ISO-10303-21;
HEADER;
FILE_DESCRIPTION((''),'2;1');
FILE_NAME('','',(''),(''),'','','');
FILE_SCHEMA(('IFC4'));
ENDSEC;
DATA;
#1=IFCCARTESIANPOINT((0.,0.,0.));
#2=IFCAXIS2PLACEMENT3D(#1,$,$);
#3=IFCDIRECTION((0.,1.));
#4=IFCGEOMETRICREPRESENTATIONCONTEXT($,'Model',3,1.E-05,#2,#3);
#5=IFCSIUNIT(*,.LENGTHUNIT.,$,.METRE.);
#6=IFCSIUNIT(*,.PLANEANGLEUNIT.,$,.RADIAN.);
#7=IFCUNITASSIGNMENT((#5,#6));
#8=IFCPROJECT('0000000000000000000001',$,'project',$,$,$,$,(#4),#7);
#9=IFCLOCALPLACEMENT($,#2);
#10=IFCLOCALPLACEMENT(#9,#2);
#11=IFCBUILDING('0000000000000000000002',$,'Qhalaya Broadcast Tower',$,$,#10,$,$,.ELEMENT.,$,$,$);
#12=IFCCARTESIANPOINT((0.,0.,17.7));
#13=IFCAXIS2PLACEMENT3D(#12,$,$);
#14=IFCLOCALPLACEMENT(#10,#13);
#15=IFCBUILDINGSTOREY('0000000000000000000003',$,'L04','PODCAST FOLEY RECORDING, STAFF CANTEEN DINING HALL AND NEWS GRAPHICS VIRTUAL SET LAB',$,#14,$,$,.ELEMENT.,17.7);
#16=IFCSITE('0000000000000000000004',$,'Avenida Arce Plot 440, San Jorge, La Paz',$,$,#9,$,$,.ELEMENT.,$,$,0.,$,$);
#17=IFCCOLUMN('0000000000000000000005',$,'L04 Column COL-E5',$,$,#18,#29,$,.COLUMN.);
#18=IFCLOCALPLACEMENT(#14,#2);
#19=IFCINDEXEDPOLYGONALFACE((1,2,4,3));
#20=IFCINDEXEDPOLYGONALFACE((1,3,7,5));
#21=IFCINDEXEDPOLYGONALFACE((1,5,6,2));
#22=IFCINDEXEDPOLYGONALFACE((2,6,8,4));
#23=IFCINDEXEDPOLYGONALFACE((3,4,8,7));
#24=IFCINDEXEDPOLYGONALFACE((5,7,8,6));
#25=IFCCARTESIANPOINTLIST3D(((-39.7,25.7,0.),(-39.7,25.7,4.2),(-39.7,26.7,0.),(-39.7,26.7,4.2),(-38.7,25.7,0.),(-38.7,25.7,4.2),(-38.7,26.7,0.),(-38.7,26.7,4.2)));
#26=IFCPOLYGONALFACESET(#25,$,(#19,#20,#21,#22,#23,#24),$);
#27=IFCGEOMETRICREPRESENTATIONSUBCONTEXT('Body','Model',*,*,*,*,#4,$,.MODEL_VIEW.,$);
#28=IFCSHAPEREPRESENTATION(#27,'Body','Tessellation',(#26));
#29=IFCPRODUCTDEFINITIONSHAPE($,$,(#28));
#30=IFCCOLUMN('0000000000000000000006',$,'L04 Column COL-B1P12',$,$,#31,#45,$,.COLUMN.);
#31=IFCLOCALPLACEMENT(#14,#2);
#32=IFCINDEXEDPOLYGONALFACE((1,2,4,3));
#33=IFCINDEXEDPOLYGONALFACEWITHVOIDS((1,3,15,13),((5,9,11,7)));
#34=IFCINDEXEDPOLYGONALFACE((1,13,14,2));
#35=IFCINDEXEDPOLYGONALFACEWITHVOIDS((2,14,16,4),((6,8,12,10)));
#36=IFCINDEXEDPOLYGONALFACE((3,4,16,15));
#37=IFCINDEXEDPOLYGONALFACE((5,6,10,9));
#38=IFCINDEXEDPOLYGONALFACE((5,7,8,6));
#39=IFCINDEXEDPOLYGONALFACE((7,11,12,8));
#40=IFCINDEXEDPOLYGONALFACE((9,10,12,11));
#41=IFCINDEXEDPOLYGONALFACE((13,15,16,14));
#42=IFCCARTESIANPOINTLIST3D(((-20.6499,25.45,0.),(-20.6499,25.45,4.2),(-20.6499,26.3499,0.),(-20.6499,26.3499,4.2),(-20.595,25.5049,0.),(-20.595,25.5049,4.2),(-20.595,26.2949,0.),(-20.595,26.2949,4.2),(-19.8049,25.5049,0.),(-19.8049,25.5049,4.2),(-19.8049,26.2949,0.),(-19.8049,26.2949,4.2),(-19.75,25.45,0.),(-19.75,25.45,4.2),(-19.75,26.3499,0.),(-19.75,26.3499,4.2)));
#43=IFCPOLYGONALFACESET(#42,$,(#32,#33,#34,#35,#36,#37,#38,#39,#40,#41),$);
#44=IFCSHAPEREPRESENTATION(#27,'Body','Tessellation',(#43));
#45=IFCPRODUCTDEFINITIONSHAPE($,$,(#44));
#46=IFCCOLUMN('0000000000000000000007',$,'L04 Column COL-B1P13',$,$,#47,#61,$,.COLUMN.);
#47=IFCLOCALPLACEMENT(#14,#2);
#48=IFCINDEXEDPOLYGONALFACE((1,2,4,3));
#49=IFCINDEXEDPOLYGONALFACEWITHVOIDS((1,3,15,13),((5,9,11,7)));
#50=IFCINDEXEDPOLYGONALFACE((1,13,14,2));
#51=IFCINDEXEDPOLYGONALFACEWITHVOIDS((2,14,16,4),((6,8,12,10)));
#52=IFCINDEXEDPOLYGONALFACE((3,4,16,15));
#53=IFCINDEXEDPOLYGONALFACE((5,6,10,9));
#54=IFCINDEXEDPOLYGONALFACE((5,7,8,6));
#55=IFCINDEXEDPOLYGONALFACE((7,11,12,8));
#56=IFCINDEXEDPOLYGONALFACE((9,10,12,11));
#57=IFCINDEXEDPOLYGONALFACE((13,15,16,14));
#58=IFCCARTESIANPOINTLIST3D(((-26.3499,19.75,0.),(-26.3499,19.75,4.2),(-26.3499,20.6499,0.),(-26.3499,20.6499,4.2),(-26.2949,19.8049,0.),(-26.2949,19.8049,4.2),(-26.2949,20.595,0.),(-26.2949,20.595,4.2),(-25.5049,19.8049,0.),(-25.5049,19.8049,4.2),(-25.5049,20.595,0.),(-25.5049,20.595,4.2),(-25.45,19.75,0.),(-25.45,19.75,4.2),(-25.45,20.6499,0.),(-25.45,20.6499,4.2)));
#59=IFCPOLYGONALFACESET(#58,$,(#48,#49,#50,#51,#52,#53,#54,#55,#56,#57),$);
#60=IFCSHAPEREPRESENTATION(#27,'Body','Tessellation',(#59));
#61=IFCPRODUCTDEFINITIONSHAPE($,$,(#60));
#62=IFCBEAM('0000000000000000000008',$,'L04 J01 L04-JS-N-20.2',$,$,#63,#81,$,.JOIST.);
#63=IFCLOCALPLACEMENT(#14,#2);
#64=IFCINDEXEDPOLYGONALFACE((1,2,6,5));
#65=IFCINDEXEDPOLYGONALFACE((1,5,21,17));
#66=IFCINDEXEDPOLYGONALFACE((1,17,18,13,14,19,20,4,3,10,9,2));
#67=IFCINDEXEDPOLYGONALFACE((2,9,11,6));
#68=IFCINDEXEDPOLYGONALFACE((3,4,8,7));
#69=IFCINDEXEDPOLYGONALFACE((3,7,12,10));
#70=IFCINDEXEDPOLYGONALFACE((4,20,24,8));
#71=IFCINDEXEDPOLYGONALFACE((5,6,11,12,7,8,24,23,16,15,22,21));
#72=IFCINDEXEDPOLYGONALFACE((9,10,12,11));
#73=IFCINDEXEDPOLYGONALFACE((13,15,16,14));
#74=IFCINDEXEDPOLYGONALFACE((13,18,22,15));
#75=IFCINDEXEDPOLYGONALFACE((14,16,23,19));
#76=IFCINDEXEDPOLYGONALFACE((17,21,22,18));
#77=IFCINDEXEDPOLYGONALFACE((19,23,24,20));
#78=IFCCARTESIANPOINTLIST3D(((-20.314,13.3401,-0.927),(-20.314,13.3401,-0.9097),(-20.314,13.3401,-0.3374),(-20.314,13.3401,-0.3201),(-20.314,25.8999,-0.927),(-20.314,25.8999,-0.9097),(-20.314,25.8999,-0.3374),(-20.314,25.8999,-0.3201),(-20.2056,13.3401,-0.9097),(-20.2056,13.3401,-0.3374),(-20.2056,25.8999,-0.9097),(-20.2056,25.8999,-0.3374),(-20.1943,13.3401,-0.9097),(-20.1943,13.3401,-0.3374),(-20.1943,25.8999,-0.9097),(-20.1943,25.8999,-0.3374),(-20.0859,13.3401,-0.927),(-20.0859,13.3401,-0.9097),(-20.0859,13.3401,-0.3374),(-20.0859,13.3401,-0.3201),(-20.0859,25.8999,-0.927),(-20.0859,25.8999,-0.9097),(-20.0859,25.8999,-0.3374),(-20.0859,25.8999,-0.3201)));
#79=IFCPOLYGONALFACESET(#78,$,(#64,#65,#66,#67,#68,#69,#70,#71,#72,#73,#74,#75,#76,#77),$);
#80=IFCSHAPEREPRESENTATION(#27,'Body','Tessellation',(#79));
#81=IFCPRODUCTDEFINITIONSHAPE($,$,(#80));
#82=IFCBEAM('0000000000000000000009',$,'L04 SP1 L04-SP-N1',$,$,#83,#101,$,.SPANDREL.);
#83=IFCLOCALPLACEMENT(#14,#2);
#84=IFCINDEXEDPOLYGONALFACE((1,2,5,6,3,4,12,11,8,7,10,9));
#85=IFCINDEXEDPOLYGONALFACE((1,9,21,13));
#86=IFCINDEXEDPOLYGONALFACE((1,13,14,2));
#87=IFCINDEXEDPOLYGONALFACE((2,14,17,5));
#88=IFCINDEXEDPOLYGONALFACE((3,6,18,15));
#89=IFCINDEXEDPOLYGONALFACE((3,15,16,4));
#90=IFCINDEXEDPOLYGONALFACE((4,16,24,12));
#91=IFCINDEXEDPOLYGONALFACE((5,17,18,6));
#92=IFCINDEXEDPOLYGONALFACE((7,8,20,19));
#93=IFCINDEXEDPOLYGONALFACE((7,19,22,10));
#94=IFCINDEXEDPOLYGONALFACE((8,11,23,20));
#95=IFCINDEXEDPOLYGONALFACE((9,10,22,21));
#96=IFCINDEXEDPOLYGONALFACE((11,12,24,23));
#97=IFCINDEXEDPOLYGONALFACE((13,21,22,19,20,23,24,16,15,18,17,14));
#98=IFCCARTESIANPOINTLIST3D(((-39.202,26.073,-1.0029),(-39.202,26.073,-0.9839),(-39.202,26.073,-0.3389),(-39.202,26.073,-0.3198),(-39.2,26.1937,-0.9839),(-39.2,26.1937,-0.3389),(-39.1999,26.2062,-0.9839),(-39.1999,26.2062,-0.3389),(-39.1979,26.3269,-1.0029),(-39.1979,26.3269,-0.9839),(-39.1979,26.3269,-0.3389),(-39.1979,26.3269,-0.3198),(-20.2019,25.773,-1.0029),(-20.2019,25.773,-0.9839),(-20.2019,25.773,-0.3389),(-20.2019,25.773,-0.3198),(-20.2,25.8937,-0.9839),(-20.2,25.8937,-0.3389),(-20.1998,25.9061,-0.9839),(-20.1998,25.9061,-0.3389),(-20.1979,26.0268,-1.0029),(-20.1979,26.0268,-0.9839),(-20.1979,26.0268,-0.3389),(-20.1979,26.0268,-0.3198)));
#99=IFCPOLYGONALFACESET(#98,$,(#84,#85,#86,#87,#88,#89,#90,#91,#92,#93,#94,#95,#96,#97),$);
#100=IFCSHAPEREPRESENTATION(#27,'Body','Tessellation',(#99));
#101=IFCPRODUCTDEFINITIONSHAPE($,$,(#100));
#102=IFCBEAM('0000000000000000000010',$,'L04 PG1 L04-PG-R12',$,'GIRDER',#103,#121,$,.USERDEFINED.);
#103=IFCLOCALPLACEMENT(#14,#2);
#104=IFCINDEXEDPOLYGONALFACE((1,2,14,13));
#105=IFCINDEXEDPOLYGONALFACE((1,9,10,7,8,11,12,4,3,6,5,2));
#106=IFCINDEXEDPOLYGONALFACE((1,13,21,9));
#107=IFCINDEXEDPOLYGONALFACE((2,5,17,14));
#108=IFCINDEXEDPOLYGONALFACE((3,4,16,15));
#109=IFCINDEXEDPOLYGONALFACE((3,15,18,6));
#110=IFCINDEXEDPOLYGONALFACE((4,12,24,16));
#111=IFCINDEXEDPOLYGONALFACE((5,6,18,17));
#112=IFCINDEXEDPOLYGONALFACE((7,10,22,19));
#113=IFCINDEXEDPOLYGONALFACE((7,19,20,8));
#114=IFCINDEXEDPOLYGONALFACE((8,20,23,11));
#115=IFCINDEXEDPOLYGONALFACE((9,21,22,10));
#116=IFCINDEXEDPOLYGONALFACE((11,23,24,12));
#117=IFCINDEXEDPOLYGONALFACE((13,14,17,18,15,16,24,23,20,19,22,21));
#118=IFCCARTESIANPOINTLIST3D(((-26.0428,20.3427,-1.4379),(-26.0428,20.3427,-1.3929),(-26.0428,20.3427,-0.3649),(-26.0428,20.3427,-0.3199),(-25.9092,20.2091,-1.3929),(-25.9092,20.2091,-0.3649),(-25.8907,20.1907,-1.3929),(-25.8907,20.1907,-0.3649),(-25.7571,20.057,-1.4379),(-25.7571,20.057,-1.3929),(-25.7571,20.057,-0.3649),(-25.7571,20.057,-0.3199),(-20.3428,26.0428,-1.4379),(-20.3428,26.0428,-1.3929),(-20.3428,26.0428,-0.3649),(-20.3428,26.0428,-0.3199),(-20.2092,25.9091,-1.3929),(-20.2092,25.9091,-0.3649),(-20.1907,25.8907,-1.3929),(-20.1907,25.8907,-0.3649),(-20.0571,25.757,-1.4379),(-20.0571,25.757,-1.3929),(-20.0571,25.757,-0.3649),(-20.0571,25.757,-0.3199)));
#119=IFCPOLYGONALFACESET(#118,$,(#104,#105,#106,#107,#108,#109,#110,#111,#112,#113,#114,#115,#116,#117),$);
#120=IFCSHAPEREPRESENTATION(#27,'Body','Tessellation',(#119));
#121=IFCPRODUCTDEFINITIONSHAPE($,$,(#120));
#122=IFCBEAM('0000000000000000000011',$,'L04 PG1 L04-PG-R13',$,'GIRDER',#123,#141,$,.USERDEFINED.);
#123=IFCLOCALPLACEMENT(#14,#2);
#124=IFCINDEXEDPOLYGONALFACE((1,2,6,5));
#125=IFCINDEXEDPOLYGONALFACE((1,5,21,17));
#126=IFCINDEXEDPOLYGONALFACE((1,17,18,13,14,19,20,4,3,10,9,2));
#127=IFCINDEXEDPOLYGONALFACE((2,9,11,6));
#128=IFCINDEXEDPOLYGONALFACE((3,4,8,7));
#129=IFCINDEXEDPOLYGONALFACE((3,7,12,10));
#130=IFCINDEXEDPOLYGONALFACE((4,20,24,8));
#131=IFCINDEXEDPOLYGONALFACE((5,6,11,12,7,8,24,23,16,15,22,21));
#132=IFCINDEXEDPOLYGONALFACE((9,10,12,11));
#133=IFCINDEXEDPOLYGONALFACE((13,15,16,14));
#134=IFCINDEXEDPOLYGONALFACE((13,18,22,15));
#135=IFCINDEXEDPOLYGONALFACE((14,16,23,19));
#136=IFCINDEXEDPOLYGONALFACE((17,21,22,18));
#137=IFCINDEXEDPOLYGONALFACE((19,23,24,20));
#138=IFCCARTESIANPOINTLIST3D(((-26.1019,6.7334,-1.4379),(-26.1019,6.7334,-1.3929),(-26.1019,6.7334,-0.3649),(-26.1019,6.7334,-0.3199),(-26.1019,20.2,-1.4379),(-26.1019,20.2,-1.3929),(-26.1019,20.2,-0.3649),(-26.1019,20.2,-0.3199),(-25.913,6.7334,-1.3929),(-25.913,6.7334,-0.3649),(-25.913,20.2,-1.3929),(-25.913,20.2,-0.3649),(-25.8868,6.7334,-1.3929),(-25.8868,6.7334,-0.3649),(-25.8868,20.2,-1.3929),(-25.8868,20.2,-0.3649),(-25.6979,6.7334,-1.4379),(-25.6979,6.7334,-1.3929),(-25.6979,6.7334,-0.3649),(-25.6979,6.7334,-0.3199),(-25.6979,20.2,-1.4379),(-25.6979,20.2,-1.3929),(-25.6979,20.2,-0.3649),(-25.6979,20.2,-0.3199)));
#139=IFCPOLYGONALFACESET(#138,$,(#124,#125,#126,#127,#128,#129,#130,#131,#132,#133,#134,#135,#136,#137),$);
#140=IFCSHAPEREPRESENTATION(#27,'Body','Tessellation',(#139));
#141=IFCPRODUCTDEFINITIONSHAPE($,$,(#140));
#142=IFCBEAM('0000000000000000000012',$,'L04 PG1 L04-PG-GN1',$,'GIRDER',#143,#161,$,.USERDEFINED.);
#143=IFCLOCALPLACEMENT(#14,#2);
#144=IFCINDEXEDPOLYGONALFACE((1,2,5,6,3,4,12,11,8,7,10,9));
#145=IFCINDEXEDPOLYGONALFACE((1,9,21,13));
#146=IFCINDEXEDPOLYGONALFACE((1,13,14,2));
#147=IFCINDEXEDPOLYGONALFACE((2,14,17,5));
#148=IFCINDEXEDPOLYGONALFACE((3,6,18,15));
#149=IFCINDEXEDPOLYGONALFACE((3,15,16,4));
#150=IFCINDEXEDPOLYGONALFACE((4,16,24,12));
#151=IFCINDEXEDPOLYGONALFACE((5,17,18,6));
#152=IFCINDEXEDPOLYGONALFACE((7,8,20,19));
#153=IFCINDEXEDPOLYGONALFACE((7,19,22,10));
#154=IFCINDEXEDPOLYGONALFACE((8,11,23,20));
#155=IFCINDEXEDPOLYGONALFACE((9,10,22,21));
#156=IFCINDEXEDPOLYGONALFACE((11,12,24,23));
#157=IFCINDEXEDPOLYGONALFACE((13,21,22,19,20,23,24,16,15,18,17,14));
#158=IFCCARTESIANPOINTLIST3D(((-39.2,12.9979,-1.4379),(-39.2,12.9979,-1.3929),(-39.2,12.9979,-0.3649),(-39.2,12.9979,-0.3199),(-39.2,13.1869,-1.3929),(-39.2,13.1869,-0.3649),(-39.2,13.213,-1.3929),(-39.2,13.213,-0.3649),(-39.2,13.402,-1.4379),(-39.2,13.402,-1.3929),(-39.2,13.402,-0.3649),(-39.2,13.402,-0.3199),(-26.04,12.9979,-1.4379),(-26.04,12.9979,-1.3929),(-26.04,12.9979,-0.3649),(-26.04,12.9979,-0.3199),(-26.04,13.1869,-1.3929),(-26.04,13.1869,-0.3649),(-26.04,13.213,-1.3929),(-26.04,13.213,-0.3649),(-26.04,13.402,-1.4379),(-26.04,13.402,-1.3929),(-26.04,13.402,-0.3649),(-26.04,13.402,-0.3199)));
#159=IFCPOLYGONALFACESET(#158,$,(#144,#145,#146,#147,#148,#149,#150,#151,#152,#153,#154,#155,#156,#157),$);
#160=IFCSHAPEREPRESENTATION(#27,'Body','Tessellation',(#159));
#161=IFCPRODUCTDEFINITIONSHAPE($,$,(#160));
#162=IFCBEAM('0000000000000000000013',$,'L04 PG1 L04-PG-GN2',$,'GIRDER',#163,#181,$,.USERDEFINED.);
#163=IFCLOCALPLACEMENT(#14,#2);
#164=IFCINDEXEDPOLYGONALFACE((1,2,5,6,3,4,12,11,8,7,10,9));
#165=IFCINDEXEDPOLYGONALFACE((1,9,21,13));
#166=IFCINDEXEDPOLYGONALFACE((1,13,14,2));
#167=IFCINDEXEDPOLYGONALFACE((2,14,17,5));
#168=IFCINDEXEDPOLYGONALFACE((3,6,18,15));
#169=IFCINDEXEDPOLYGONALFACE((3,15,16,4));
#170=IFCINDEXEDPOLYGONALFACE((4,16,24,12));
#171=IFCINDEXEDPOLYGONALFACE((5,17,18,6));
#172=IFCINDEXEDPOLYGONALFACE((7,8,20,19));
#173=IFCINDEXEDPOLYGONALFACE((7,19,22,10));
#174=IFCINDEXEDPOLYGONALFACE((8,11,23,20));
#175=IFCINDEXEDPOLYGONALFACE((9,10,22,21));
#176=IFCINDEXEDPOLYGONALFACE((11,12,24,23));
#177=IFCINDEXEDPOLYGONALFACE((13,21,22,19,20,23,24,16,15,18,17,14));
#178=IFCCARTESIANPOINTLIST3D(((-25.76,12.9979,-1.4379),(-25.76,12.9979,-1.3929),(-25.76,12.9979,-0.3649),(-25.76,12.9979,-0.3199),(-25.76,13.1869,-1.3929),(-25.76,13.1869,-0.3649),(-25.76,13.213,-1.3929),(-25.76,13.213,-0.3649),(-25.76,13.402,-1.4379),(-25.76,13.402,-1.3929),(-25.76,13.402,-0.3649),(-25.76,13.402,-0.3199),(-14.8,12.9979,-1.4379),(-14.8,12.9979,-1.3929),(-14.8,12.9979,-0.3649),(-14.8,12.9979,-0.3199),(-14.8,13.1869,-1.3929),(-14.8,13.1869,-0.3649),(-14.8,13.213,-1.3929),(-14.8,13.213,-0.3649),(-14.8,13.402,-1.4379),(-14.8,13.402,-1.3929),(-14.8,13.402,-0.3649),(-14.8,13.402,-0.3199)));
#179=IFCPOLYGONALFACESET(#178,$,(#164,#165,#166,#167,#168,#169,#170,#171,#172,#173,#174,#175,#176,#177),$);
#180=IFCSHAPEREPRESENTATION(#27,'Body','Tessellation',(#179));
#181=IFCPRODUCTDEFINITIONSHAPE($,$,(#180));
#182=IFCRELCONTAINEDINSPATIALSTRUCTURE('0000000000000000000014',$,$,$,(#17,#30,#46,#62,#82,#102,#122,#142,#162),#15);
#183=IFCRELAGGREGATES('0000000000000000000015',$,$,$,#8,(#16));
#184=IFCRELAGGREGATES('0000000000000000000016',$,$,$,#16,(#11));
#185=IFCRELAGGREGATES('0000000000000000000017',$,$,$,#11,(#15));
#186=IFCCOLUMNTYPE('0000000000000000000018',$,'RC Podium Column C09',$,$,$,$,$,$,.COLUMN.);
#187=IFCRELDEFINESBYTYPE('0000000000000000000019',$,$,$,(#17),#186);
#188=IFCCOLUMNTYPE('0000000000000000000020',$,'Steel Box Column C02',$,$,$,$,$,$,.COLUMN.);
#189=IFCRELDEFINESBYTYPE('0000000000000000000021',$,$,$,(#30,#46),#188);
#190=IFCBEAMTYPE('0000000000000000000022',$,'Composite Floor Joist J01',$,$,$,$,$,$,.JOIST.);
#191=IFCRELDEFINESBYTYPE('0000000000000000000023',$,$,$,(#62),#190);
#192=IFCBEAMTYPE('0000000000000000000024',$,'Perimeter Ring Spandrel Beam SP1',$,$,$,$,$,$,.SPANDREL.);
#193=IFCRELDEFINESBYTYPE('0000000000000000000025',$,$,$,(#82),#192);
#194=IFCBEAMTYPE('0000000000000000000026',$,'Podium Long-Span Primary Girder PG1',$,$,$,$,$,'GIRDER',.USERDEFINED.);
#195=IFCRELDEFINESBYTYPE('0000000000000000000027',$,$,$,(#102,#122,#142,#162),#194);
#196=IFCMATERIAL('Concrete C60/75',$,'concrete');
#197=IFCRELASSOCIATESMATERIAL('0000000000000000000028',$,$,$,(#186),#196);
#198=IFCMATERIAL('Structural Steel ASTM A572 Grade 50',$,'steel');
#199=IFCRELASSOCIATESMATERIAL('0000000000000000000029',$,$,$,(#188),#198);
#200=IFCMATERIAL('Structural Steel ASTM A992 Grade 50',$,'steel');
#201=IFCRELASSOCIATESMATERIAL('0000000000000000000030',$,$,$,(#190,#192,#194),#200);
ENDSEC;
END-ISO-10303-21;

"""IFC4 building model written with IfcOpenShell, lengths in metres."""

from ifc_helpers import new_model, si_unit, direction, frame, origin, origin_2d, place, context, subcontext, project, spatial, rectangle, hollow_rectangle, i_section, extrude, material, material_profile, profile_set, type_object, element, save


model = new_model("IFC4")

# Units and contexts
model_context = context("Model", 3, precision=1e-05, world=origin(), true_north=direction((0.0, 1.0)))
body_context = subcontext(model_context, "Body", "Model", "MODEL_VIEW")
ifc_project = project(units=[si_unit("LENGTHUNIT", "METRE"), si_unit("PLANEANGLEUNIT", "RADIAN")], contexts=[model_context])

# Site, building, storey
site_placement = place(None, origin())
site = spatial("IfcSite", under=ifc_project, at=site_placement, Name="Avenida Arce Plot 440, San Jorge, La Paz", CompositionType="ELEMENT", RefElevation=0.0)
building_placement = place(site_placement, origin())
building = spatial("IfcBuilding", under=site, at=building_placement, Name="Qhalaya Broadcast Tower", CompositionType="ELEMENT")
storey_placement = place(building_placement, frame((0.0, 0.0, 17.7)))
storey = spatial("IfcBuildingStorey", under=building, at=storey_placement, Name="L04", Description="PODCAST FOLEY RECORDING, STAFF CANTEEN DINING HALL AND NEWS GRAPHICS VIRTUAL SET LAB", CompositionType="ELEMENT", Elevation=17.7)

# Columns
ifc_material_1 = material(Name="Concrete C60/75", Category="concrete")
ifc_material_profile_1 = material_profile(ifc_material_1, rectangle(XDim=1.0, YDim=1.0, at=origin_2d()), Name="RC-COL 1000x1000")
ifc_profile_set_1 = profile_set([ifc_material_profile_1], Name="Concrete C60/75")
column_type_1 = type_object("IfcColumnType", Name="RC Podium Column C09", PredefinedType="COLUMN", material=ifc_profile_set_1)
column_placement = place(storey_placement, frame((-39.2, 26.2, 0.0), z_axis=(0.0, 0.0, 1.0), x_axis=(1.0, 0.0, 0.0)))
element("IfcColumn", 1, at=column_placement, inside=storey, type_object=column_type_1, Name="L04 Column COL-E5", PredefinedType="COLUMN", context=body_context, shape_type="SweptSolid", body=[
    extrude(rectangle(XDim=1.0, YDim=1.0, at=origin_2d()), origin(), (0.0, 0.0, 1.0), 4.2),
])
ifc_material_2 = material(Name="Structural Steel ASTM A572 Grade 50", Category="steel")
ifc_material_profile_2 = material_profile(ifc_material_2, hollow_rectangle(XDim=0.8999, YDim=0.8999, WallThickness=0.0549, at=origin_2d()), Name="BOX 900x900x55")
ifc_profile_set_2 = profile_set([ifc_material_profile_2], Name="Structural Steel ASTM A572 Grade 50")
column_type_2 = type_object("IfcColumnType", Name="Steel Box Column C02", PredefinedType="COLUMN", material=ifc_profile_set_2)
for number, where, z_axis, x_axis, name in (
    (2, (-20.2, 25.8999, 0.0), (0.0, 0.0, 1.0), (1.0, 0.0, 0.0), "L04 Column COL-B1P12"),
    (3, (-25.8999, 20.2, 0.0), (0.0, 0.0, 1.0), (0.0, 1.0, 0.0), "L04 Column COL-B1P13"),
):
    element("IfcColumn", number, at=place(storey_placement, frame(where, z_axis=z_axis, x_axis=x_axis)), inside=storey, type_object=column_type_2, Name=name, PredefinedType="COLUMN", context=body_context, shape_type="SweptSolid", body=[
        extrude(hollow_rectangle(XDim=0.8999, YDim=0.8999, WallThickness=0.0549, at=origin_2d()), origin(), (0.0, 0.0, 1.0), 4.2),
    ])

# Beams
ifc_material_3 = material(Name="Structural Steel ASTM A992 Grade 50", Category="steel")
ifc_material_profile_3 = material_profile(ifc_material_3, i_section(OverallWidth=0.228, OverallDepth=0.6069, WebThickness=0.0112, FlangeThickness=0.0173, at=origin_2d()), Name="W24X76")
ifc_profile_set_3 = profile_set([ifc_material_profile_3], Name="Structural Steel ASTM A992 Grade 50")
beam_type_1 = type_object("IfcBeamType", Name="Composite Floor Joist J01", PredefinedType="JOIST", material=ifc_profile_set_3)
beam_1_placement = place(storey_placement, frame((-20.2, 13.3401, -0.6235), z_axis=(0.0, 1.0, 0.0), x_axis=(-1.0, 0.0, 0.0)))
element("IfcBeam", 4, at=beam_1_placement, inside=storey, type_object=beam_type_1, Name="L04 J01 L04-JS-N-20.2", PredefinedType="JOIST", context=body_context, shape_type="SweptSolid", body=[
    extrude(i_section(OverallWidth=0.228, OverallDepth=0.6069, WebThickness=0.0112, FlangeThickness=0.0173, at=origin_2d()), origin(), (0.0, 0.0, 1.0), 12.5598),
])
ifc_material_profile_4 = material_profile(ifc_material_3, i_section(OverallWidth=0.2539, OverallDepth=0.6831, WebThickness=0.0125, FlangeThickness=0.019, at=origin_2d()), Name="W27X94")
ifc_profile_set_4 = profile_set([ifc_material_profile_4], Name="Structural Steel ASTM A992 Grade 50")
beam_type_2 = type_object("IfcBeamType", Name="Perimeter Ring Spandrel Beam SP1", PredefinedType="SPANDREL", material=ifc_profile_set_4)
beam_2_placement = place(storey_placement, frame((-39.2, 26.2, -0.6614), z_axis=(0.999875, -0.01579, 0.0), x_axis=(0.01579, 0.999875, 0.0)))
element("IfcBeam", 5, at=beam_2_placement, inside=storey, type_object=beam_type_2, Name="L04 SP1 L04-SP-N1", PredefinedType="SPANDREL", context=body_context, shape_type="SweptSolid", body=[
    extrude(i_section(OverallWidth=0.2539, OverallDepth=0.6831, WebThickness=0.0125, FlangeThickness=0.019, at=origin_2d()), origin(), (0.0, 0.0, 1.0), 19.0024),
])
ifc_material_profile_5 = material_profile(ifc_material_3, i_section(OverallWidth=0.4041, OverallDepth=1.1179, WebThickness=0.0261, FlangeThickness=0.0449, at=origin_2d()), Name="W44X335")
ifc_profile_set_5 = profile_set([ifc_material_profile_5], Name="Structural Steel ASTM A992 Grade 50")
beam_type_3 = type_object("IfcBeamType", Name="Podium Long-Span Primary Girder PG1", ElementType="GIRDER", PredefinedType="USERDEFINED", material=ifc_profile_set_5)
beam_3_placement = place(storey_placement, frame((-20.2, 25.8999, -0.8789), z_axis=(-0.707107, -0.707107, 0.0), x_axis=(0.707107, -0.707107, 0.0)))
element("IfcBeam", 6, at=beam_3_placement, inside=storey, type_object=beam_type_3, Name="L04 PG1 L04-PG-R12", ObjectType="GIRDER", PredefinedType="USERDEFINED", context=body_context, shape_type="SweptSolid", body=[
    extrude(i_section(OverallWidth=0.4041, OverallDepth=1.1179, WebThickness=0.0261, FlangeThickness=0.0449, at=origin_2d()), origin(), (0.0, 0.0, 1.0), 8.061),
])
beam_4_placement = place(storey_placement, frame((-25.8999, 20.2, -0.8789), z_axis=(0.0, -1.0, 0.0), x_axis=(1.0, 0.0, 0.0)))
element("IfcBeam", 7, at=beam_4_placement, inside=storey, type_object=beam_type_3, Name="L04 PG1 L04-PG-R13", ObjectType="GIRDER", PredefinedType="USERDEFINED", context=body_context, shape_type="SweptSolid", body=[
    extrude(i_section(OverallWidth=0.4041, OverallDepth=1.1179, WebThickness=0.0261, FlangeThickness=0.0449, at=origin_2d()), origin(), (0.0, 0.0, 1.0), 13.4666),
])
beam_5_placement = place(storey_placement, frame((-39.2, 13.2, -0.8789), z_axis=(1.0, 0.0, 0.0), x_axis=(0.0, 1.0, 0.0)))
element("IfcBeam", 8, at=beam_5_placement, inside=storey, type_object=beam_type_3, Name="L04 PG1 L04-PG-GN1", ObjectType="GIRDER", PredefinedType="USERDEFINED", context=body_context, shape_type="SweptSolid", body=[
    extrude(i_section(OverallWidth=0.4041, OverallDepth=1.1179, WebThickness=0.0261, FlangeThickness=0.0449, at=origin_2d()), origin(), (0.0, 0.0, 1.0), 13.1599),
])
beam_6_placement = place(storey_placement, frame((-25.76, 13.2, -0.8789), z_axis=(1.0, 0.0, 0.0), x_axis=(0.0, 1.0, 0.0)))
element("IfcBeam", 9, at=beam_6_placement, inside=storey, type_object=beam_type_3, Name="L04 PG1 L04-PG-GN2", ObjectType="GIRDER", PredefinedType="USERDEFINED", context=body_context, shape_type="SweptSolid", body=[
    extrude(i_section(OverallWidth=0.4041, OverallDepth=1.1179, WebThickness=0.0261, FlangeThickness=0.0449, at=origin_2d()), origin(), (0.0, 0.0, 1.0), 10.96),
])

save(model, "model.ifc")
